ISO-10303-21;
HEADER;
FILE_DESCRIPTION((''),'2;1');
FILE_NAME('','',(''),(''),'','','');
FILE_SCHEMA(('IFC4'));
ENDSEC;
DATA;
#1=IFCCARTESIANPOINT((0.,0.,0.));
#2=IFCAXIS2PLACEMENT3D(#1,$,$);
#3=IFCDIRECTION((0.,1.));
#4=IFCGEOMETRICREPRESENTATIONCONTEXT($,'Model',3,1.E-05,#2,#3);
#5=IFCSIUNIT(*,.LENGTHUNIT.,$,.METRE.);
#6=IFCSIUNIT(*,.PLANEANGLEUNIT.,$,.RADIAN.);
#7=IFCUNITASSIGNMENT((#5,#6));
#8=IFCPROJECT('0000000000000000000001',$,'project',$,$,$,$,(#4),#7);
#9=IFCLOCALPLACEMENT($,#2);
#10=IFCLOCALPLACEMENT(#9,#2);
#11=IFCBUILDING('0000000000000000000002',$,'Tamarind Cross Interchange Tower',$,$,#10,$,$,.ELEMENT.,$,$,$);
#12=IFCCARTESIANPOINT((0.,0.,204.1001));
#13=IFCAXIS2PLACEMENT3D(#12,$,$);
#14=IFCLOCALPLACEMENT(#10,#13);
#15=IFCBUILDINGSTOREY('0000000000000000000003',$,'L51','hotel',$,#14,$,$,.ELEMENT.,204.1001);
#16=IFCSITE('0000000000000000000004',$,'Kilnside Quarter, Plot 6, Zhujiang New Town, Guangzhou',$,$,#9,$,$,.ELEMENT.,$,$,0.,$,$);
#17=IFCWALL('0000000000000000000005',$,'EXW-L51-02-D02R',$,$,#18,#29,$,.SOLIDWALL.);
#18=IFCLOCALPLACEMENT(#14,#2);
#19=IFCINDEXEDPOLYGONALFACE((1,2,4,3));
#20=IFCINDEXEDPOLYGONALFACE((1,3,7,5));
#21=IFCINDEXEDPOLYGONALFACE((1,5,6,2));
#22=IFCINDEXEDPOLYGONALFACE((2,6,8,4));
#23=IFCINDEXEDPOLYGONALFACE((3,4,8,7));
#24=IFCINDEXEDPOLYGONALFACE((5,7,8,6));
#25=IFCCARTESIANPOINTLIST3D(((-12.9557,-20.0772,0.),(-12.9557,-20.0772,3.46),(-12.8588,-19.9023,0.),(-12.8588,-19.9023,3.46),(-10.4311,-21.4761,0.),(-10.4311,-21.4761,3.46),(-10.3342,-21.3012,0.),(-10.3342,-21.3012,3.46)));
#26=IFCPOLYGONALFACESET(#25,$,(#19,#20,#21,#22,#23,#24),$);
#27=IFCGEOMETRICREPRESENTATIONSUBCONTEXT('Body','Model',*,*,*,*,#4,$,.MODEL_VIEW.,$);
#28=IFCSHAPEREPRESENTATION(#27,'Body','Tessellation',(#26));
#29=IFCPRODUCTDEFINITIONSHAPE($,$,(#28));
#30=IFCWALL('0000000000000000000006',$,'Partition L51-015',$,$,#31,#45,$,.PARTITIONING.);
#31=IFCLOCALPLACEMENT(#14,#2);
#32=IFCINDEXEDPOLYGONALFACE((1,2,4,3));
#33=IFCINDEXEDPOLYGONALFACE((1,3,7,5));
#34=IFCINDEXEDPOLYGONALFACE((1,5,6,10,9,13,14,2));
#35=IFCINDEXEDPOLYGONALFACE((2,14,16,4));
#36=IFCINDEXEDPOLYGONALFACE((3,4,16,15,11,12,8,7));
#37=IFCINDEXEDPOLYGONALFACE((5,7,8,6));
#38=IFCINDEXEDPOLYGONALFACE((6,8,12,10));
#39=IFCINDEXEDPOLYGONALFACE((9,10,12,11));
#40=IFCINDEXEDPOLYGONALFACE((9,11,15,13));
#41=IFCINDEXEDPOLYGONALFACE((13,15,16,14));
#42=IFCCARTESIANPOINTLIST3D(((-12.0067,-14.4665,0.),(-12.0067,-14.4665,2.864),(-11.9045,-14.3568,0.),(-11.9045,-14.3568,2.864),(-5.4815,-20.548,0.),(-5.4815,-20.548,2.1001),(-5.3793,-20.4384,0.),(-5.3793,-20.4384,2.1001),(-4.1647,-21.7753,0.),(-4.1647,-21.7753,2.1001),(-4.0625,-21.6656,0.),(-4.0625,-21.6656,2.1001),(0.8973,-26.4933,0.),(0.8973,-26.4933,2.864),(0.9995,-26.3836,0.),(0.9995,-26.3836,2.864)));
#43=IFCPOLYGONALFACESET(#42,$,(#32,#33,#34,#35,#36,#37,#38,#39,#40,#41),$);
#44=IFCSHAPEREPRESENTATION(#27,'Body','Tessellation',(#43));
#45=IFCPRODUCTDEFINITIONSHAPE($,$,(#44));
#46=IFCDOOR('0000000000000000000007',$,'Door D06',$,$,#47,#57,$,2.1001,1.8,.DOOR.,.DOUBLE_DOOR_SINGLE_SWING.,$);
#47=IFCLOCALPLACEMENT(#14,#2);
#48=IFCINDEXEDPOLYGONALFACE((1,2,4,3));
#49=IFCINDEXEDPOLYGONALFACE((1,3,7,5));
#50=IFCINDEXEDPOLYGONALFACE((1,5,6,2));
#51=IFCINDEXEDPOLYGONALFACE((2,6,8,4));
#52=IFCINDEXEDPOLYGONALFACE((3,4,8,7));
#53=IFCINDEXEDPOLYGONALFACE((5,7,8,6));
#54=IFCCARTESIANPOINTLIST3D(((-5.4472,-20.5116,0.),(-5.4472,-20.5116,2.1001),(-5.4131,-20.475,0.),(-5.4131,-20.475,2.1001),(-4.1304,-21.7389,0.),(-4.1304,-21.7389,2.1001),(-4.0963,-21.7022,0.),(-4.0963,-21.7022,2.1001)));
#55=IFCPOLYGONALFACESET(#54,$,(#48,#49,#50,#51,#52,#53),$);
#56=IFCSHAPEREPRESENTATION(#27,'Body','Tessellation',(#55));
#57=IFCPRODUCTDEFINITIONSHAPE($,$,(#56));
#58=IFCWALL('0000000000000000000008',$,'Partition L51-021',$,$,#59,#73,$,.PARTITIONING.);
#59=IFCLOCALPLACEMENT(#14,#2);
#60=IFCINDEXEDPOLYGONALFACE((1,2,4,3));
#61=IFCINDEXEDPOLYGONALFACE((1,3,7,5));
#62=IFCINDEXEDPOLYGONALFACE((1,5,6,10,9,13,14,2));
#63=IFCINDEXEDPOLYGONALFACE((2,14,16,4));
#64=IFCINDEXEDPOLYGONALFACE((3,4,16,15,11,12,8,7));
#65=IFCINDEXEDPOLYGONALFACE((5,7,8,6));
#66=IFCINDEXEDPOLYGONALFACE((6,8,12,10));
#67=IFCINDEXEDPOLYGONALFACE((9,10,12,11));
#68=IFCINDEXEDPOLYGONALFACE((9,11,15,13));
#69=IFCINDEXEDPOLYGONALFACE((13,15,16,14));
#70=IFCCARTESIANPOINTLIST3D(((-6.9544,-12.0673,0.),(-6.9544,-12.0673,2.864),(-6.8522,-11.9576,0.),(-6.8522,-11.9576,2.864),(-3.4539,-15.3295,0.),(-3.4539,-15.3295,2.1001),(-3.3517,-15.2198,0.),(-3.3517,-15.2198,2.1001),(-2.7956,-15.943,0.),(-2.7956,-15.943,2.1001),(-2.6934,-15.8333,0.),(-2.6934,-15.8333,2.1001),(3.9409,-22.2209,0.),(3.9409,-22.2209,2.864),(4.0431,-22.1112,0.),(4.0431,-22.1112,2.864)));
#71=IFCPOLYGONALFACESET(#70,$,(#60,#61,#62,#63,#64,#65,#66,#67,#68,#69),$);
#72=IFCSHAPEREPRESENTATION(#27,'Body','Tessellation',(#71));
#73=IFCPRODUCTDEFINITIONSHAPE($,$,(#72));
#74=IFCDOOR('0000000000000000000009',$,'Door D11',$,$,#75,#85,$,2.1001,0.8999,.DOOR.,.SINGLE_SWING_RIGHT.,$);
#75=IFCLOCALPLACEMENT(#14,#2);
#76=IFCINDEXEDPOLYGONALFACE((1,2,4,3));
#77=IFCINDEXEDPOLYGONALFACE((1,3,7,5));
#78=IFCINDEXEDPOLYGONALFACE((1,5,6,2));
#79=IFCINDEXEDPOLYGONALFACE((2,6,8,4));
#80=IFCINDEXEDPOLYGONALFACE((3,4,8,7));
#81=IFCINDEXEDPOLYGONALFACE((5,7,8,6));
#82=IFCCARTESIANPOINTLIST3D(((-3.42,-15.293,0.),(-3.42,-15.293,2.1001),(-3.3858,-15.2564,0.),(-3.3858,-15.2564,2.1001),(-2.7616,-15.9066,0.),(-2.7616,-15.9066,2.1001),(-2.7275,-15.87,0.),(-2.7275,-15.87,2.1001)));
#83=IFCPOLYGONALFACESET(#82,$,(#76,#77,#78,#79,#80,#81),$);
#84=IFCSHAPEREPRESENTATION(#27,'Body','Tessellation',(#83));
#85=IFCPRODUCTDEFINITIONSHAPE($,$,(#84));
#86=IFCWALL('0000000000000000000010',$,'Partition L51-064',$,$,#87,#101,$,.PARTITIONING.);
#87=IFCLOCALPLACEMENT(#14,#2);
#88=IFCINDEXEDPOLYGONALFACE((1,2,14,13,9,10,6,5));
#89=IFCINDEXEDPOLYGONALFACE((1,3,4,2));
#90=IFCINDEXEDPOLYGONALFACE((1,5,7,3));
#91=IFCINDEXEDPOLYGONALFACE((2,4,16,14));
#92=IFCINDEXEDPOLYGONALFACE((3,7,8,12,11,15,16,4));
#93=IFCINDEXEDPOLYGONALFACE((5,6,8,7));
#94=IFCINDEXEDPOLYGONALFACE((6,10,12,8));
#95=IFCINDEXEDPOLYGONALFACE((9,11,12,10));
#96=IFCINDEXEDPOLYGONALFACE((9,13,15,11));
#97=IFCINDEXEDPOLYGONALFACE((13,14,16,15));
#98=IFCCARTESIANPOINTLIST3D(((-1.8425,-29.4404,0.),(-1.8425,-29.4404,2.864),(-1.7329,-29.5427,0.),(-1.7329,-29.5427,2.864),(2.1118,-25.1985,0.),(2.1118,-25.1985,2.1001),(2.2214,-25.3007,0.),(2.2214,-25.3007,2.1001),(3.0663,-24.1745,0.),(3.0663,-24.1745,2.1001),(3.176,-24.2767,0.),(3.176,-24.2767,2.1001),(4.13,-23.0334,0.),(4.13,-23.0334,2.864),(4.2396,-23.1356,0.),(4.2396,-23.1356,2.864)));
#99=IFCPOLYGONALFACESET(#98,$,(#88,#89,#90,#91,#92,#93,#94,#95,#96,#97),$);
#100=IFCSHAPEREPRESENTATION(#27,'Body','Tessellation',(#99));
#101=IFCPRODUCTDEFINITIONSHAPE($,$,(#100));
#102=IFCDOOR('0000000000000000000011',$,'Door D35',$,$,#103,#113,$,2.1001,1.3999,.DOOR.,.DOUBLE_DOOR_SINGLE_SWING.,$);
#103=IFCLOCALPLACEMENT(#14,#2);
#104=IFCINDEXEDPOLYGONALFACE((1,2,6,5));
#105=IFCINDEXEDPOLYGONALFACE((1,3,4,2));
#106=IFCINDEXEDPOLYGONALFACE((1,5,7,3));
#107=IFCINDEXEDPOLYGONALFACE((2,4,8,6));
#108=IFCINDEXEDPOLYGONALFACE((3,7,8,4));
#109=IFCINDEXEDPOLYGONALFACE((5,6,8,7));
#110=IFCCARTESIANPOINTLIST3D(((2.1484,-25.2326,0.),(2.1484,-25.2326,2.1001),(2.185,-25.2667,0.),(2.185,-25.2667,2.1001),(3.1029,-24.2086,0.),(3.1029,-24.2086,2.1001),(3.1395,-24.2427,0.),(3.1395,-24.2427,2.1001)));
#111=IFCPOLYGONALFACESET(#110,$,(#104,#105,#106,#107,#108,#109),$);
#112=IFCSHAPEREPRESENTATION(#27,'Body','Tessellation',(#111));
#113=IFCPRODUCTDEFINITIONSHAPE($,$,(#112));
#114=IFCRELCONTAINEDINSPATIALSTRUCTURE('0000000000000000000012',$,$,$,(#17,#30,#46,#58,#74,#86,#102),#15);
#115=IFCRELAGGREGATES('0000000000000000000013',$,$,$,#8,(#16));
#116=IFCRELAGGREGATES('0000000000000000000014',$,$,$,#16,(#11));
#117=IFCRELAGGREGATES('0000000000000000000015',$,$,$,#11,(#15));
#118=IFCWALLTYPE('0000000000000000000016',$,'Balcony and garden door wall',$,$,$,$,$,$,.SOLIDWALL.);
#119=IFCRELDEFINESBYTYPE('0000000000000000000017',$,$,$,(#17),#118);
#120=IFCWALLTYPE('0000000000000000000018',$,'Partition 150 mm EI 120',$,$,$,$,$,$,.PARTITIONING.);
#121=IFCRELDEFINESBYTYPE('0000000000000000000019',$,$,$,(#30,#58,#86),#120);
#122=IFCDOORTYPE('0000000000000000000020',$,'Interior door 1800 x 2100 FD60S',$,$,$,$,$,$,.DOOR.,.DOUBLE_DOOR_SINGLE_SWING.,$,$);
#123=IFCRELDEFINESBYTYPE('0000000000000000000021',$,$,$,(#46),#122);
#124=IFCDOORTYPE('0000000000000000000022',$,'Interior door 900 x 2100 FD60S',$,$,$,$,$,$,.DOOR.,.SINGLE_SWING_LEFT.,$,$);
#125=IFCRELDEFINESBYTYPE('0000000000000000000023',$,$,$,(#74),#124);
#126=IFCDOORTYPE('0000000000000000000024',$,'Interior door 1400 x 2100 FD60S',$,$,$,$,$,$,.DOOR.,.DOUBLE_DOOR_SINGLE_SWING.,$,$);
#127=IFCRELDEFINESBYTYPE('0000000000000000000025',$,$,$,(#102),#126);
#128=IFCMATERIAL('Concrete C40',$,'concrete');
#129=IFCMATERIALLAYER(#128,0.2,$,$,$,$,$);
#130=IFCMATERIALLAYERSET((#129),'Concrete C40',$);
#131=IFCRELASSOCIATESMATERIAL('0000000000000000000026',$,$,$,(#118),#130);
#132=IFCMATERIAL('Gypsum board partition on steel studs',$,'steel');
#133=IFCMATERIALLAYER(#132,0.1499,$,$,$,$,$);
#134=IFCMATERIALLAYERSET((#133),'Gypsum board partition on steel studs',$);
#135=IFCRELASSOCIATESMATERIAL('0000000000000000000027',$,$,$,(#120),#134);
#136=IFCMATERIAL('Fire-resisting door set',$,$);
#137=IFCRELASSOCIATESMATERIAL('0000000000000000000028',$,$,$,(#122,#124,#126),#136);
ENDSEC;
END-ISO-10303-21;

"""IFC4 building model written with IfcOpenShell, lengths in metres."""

from ifc_helpers import new_model, si_unit, direction, frame, frame_2d, origin, place, context, subcontext, project, spatial, rectangle, extrude, material, layer, layer_set, type_object, element, fill, save


model = new_model("IFC4")

# Units and contexts
model_context = context("Model", 3, precision=1e-05, world=origin(), true_north=direction((0.0, 1.0)))
body_context = subcontext(model_context, "Body", "Model", "MODEL_VIEW")
ifc_project = project(units=[si_unit("LENGTHUNIT", "METRE"), si_unit("PLANEANGLEUNIT", "RADIAN")], contexts=[model_context])

# Site, building, storey
site_placement = place(None, origin())
site = spatial("IfcSite", under=ifc_project, at=site_placement, Name="Kilnside Quarter, Plot 6, Zhujiang New Town, Guangzhou", CompositionType="ELEMENT", RefElevation=0.0)
building_placement = place(site_placement, origin())
building = spatial("IfcBuilding", under=site, at=building_placement, Name="Tamarind Cross Interchange Tower", CompositionType="ELEMENT")
storey_placement = place(building_placement, frame((0.0, 0.0, 204.1001)))
storey = spatial("IfcBuildingStorey", under=building, at=storey_placement, Name="L51", Description="hotel", CompositionType="ELEMENT", Elevation=204.1001)

# Wall
ifc_material_1 = material(Name="Concrete C40", Category="concrete")
ifc_layer_1 = layer(ifc_material_1, 0.2)
ifc_layer_set_1 = layer_set([ifc_layer_1], Name="Concrete C40")
wall_type_1 = type_object("IfcWallType", Name="Balcony and garden door wall", PredefinedType="SOLIDWALL", material=ifc_layer_set_1)
wall_1_placement = place(storey_placement, frame((-12.9072, -19.9897, 0.0), z_axis=(0.0, 0.0, 1.0), x_axis=(0.874695, -0.484673, 0.0)))
element("IfcWall", 1, at=wall_1_placement, inside=storey, type_object=wall_type_1, Name="EXW-L51-02-D02R", PredefinedType="SOLIDWALL", context=body_context, shape_type="SweptSolid", body=[
    extrude(rectangle(XDim=2.8862, YDim=0.2, at=frame_2d((1.4431, 0.0))), origin(), (0.0, 0.0, 1.0), 3.46),
])

# Walls, openings, doors
ifc_material_2 = material(Name="Gypsum board partition on steel studs", Category="steel")
ifc_layer_2 = layer(ifc_material_2, 0.1499)
ifc_layer_set_2 = layer_set([ifc_layer_2], Name="Gypsum board partition on steel studs")
wall_type_2 = type_object("IfcWallType", Name="Partition 150 mm EI 120", PredefinedType="PARTITIONING", material=ifc_layer_set_2)
wall_2_placement = place(storey_placement, frame((-11.9556, -14.4116, 0.0), z_axis=(0.0, 0.0, 1.0), x_axis=(0.731534, -0.681805, 0.0)))
wall_2 = element("IfcWall", 2, at=wall_2_placement, inside=storey, type_object=wall_type_2, Name="Partition L51-015", PredefinedType="PARTITIONING", context=body_context, shape_type="SweptSolid", body=[
    extrude(rectangle(XDim=17.6396, YDim=0.1499, at=frame_2d((8.8198, 0.0))), origin(), (0.0, 0.0, 1.0), 2.864),
])
opening_1_placement = place(wall_2_placement, frame((8.9199, 0.0, 0.0)))
opening_1 = element("IfcOpeningElement", 3, at=opening_1_placement, cuts=wall_2, PredefinedType="OPENING", context=body_context, shape_type="SweptSolid", body=[
    extrude(rectangle(XDim=1.8, YDim=2.1001, at=frame_2d((0.8999, 1.05))), frame((0.0, 0.085, 0.0), z_axis=(0.0, -1.0, 0.0), x_axis=(1.0, 0.0, 0.0)), (0.0, 0.0, 1.0), 0.1699),
])
ifc_material_3 = material(Name="Fire-resisting door set")
door_type_1 = type_object("IfcDoorType", Name="Interior door 1800 x 2100 FD60S", OperationType="DOUBLE_DOOR_SINGLE_SWING", PredefinedType="DOOR", material=ifc_material_3)
door_1_placement = place(opening_1_placement, frame((1.8, 0.0, 0.0), z_axis=(0.0, 0.0, 1.0), x_axis=(-1.0, 0.0, 0.0)))
door_1 = element("IfcDoor", 4, at=door_1_placement, inside=storey, type_object=door_type_1, Name="Door D06", OperationType="DOUBLE_DOOR_SINGLE_SWING", OverallHeight=2.1001, OverallWidth=1.8, PredefinedType="DOOR", context=body_context, shape_type="SweptSolid", body=[
    extrude(rectangle(XDim=1.8, YDim=2.1001, at=frame_2d((0.8999, 1.05))), frame((0.0, 0.0249, 0.0), z_axis=(0.0, -1.0, 0.0), x_axis=(1.0, 0.0, 0.0)), (0.0, 0.0, 1.0), 0.05),
])
fill(opening_1, door_1)
wall_3_placement = place(storey_placement, frame((-6.9033, -12.0125, 0.0), z_axis=(0.0, 0.0, 1.0), x_axis=(0.731569, -0.681767, 0.0)))
wall_3 = element("IfcWall", 5, at=wall_3_placement, inside=storey, type_object=wall_type_2, Name="Partition L51-021", PredefinedType="PARTITIONING", context=body_context, shape_type="SweptSolid", body=[
    extrude(rectangle(XDim=14.8931, YDim=0.1499, at=frame_2d((7.4465, 0.0))), origin(), (0.0, 0.0, 1.0), 2.864),
])
opening_2_placement = place(wall_3_placement, frame((4.7849, 0.0, 0.0)))
opening_2 = element("IfcOpeningElement", 6, at=opening_2_placement, cuts=wall_3, PredefinedType="OPENING", context=body_context, shape_type="SweptSolid", body=[
    extrude(rectangle(XDim=0.8999, YDim=2.1001, at=frame_2d((0.45, 1.05))), frame((0.0, 0.085, 0.0), z_axis=(0.0, -1.0, 0.0), x_axis=(1.0, 0.0, 0.0)), (0.0, 0.0, 1.0), 0.1699),
])
door_type_2 = type_object("IfcDoorType", Name="Interior door 900 x 2100 FD60S", OperationType="SINGLE_SWING_LEFT", PredefinedType="DOOR", material=ifc_material_3)
door_2_placement = place(opening_2_placement, origin())
door_2 = element("IfcDoor", 7, at=door_2_placement, inside=storey, type_object=door_type_2, Name="Door D11", OperationType="SINGLE_SWING_RIGHT", OverallHeight=2.1001, OverallWidth=0.8999, PredefinedType="DOOR", context=body_context, shape_type="SweptSolid", body=[
    extrude(rectangle(XDim=0.8999, YDim=2.1001, at=frame_2d((0.45, 1.05))), frame((0.0, 0.0249, 0.0), z_axis=(0.0, -1.0, 0.0), x_axis=(1.0, 0.0, 0.0)), (0.0, 0.0, 1.0), 0.05),
])
fill(opening_2, door_2)
wall_4_placement = place(storey_placement, frame((-1.7876, -29.4915, 0.0), z_axis=(0.0, 0.0, 1.0), x_axis=(0.681864, 0.731479, 0.0)))
wall_4 = element("IfcWall", 8, at=wall_4_placement, inside=storey, type_object=wall_type_2, Name="Partition L51-064", PredefinedType="PARTITIONING", context=body_context, shape_type="SweptSolid", body=[
    extrude(rectangle(XDim=8.759, YDim=0.1499, at=frame_2d((4.3794, 0.0))), origin(), (0.0, 0.0, 1.0), 2.864),
])
opening_3_placement = place(wall_4_placement, frame((5.7991, 0.0, 0.0)))
opening_3 = element("IfcOpeningElement", 9, at=opening_3_placement, cuts=wall_4, PredefinedType="OPENING", context=body_context, shape_type="SweptSolid", body=[
    extrude(rectangle(XDim=1.3999, YDim=2.1001, at=frame_2d((0.7, 1.05))), frame((0.0, 0.085, 0.0), z_axis=(0.0, -1.0, 0.0), x_axis=(1.0, 0.0, 0.0)), (0.0, 0.0, 1.0), 0.1699),
])
door_type_3 = type_object("IfcDoorType", Name="Interior door 1400 x 2100 FD60S", OperationType="DOUBLE_DOOR_SINGLE_SWING", PredefinedType="DOOR", material=ifc_material_3)
door_3_placement = place(opening_3_placement, origin())
door_3 = element("IfcDoor", 10, at=door_3_placement, inside=storey, type_object=door_type_3, Name="Door D35", OperationType="DOUBLE_DOOR_SINGLE_SWING", OverallHeight=2.1001, OverallWidth=1.3999, PredefinedType="DOOR", context=body_context, shape_type="SweptSolid", body=[
    extrude(rectangle(XDim=1.3999, YDim=2.1001, at=frame_2d((0.7, 1.05))), frame((0.0, 0.0249, 0.0), z_axis=(0.0, -1.0, 0.0), x_axis=(1.0, 0.0, 0.0)), (0.0, 0.0, 1.0), 0.05),
])
fill(opening_3, door_3)

save(model, "model.ifc")
